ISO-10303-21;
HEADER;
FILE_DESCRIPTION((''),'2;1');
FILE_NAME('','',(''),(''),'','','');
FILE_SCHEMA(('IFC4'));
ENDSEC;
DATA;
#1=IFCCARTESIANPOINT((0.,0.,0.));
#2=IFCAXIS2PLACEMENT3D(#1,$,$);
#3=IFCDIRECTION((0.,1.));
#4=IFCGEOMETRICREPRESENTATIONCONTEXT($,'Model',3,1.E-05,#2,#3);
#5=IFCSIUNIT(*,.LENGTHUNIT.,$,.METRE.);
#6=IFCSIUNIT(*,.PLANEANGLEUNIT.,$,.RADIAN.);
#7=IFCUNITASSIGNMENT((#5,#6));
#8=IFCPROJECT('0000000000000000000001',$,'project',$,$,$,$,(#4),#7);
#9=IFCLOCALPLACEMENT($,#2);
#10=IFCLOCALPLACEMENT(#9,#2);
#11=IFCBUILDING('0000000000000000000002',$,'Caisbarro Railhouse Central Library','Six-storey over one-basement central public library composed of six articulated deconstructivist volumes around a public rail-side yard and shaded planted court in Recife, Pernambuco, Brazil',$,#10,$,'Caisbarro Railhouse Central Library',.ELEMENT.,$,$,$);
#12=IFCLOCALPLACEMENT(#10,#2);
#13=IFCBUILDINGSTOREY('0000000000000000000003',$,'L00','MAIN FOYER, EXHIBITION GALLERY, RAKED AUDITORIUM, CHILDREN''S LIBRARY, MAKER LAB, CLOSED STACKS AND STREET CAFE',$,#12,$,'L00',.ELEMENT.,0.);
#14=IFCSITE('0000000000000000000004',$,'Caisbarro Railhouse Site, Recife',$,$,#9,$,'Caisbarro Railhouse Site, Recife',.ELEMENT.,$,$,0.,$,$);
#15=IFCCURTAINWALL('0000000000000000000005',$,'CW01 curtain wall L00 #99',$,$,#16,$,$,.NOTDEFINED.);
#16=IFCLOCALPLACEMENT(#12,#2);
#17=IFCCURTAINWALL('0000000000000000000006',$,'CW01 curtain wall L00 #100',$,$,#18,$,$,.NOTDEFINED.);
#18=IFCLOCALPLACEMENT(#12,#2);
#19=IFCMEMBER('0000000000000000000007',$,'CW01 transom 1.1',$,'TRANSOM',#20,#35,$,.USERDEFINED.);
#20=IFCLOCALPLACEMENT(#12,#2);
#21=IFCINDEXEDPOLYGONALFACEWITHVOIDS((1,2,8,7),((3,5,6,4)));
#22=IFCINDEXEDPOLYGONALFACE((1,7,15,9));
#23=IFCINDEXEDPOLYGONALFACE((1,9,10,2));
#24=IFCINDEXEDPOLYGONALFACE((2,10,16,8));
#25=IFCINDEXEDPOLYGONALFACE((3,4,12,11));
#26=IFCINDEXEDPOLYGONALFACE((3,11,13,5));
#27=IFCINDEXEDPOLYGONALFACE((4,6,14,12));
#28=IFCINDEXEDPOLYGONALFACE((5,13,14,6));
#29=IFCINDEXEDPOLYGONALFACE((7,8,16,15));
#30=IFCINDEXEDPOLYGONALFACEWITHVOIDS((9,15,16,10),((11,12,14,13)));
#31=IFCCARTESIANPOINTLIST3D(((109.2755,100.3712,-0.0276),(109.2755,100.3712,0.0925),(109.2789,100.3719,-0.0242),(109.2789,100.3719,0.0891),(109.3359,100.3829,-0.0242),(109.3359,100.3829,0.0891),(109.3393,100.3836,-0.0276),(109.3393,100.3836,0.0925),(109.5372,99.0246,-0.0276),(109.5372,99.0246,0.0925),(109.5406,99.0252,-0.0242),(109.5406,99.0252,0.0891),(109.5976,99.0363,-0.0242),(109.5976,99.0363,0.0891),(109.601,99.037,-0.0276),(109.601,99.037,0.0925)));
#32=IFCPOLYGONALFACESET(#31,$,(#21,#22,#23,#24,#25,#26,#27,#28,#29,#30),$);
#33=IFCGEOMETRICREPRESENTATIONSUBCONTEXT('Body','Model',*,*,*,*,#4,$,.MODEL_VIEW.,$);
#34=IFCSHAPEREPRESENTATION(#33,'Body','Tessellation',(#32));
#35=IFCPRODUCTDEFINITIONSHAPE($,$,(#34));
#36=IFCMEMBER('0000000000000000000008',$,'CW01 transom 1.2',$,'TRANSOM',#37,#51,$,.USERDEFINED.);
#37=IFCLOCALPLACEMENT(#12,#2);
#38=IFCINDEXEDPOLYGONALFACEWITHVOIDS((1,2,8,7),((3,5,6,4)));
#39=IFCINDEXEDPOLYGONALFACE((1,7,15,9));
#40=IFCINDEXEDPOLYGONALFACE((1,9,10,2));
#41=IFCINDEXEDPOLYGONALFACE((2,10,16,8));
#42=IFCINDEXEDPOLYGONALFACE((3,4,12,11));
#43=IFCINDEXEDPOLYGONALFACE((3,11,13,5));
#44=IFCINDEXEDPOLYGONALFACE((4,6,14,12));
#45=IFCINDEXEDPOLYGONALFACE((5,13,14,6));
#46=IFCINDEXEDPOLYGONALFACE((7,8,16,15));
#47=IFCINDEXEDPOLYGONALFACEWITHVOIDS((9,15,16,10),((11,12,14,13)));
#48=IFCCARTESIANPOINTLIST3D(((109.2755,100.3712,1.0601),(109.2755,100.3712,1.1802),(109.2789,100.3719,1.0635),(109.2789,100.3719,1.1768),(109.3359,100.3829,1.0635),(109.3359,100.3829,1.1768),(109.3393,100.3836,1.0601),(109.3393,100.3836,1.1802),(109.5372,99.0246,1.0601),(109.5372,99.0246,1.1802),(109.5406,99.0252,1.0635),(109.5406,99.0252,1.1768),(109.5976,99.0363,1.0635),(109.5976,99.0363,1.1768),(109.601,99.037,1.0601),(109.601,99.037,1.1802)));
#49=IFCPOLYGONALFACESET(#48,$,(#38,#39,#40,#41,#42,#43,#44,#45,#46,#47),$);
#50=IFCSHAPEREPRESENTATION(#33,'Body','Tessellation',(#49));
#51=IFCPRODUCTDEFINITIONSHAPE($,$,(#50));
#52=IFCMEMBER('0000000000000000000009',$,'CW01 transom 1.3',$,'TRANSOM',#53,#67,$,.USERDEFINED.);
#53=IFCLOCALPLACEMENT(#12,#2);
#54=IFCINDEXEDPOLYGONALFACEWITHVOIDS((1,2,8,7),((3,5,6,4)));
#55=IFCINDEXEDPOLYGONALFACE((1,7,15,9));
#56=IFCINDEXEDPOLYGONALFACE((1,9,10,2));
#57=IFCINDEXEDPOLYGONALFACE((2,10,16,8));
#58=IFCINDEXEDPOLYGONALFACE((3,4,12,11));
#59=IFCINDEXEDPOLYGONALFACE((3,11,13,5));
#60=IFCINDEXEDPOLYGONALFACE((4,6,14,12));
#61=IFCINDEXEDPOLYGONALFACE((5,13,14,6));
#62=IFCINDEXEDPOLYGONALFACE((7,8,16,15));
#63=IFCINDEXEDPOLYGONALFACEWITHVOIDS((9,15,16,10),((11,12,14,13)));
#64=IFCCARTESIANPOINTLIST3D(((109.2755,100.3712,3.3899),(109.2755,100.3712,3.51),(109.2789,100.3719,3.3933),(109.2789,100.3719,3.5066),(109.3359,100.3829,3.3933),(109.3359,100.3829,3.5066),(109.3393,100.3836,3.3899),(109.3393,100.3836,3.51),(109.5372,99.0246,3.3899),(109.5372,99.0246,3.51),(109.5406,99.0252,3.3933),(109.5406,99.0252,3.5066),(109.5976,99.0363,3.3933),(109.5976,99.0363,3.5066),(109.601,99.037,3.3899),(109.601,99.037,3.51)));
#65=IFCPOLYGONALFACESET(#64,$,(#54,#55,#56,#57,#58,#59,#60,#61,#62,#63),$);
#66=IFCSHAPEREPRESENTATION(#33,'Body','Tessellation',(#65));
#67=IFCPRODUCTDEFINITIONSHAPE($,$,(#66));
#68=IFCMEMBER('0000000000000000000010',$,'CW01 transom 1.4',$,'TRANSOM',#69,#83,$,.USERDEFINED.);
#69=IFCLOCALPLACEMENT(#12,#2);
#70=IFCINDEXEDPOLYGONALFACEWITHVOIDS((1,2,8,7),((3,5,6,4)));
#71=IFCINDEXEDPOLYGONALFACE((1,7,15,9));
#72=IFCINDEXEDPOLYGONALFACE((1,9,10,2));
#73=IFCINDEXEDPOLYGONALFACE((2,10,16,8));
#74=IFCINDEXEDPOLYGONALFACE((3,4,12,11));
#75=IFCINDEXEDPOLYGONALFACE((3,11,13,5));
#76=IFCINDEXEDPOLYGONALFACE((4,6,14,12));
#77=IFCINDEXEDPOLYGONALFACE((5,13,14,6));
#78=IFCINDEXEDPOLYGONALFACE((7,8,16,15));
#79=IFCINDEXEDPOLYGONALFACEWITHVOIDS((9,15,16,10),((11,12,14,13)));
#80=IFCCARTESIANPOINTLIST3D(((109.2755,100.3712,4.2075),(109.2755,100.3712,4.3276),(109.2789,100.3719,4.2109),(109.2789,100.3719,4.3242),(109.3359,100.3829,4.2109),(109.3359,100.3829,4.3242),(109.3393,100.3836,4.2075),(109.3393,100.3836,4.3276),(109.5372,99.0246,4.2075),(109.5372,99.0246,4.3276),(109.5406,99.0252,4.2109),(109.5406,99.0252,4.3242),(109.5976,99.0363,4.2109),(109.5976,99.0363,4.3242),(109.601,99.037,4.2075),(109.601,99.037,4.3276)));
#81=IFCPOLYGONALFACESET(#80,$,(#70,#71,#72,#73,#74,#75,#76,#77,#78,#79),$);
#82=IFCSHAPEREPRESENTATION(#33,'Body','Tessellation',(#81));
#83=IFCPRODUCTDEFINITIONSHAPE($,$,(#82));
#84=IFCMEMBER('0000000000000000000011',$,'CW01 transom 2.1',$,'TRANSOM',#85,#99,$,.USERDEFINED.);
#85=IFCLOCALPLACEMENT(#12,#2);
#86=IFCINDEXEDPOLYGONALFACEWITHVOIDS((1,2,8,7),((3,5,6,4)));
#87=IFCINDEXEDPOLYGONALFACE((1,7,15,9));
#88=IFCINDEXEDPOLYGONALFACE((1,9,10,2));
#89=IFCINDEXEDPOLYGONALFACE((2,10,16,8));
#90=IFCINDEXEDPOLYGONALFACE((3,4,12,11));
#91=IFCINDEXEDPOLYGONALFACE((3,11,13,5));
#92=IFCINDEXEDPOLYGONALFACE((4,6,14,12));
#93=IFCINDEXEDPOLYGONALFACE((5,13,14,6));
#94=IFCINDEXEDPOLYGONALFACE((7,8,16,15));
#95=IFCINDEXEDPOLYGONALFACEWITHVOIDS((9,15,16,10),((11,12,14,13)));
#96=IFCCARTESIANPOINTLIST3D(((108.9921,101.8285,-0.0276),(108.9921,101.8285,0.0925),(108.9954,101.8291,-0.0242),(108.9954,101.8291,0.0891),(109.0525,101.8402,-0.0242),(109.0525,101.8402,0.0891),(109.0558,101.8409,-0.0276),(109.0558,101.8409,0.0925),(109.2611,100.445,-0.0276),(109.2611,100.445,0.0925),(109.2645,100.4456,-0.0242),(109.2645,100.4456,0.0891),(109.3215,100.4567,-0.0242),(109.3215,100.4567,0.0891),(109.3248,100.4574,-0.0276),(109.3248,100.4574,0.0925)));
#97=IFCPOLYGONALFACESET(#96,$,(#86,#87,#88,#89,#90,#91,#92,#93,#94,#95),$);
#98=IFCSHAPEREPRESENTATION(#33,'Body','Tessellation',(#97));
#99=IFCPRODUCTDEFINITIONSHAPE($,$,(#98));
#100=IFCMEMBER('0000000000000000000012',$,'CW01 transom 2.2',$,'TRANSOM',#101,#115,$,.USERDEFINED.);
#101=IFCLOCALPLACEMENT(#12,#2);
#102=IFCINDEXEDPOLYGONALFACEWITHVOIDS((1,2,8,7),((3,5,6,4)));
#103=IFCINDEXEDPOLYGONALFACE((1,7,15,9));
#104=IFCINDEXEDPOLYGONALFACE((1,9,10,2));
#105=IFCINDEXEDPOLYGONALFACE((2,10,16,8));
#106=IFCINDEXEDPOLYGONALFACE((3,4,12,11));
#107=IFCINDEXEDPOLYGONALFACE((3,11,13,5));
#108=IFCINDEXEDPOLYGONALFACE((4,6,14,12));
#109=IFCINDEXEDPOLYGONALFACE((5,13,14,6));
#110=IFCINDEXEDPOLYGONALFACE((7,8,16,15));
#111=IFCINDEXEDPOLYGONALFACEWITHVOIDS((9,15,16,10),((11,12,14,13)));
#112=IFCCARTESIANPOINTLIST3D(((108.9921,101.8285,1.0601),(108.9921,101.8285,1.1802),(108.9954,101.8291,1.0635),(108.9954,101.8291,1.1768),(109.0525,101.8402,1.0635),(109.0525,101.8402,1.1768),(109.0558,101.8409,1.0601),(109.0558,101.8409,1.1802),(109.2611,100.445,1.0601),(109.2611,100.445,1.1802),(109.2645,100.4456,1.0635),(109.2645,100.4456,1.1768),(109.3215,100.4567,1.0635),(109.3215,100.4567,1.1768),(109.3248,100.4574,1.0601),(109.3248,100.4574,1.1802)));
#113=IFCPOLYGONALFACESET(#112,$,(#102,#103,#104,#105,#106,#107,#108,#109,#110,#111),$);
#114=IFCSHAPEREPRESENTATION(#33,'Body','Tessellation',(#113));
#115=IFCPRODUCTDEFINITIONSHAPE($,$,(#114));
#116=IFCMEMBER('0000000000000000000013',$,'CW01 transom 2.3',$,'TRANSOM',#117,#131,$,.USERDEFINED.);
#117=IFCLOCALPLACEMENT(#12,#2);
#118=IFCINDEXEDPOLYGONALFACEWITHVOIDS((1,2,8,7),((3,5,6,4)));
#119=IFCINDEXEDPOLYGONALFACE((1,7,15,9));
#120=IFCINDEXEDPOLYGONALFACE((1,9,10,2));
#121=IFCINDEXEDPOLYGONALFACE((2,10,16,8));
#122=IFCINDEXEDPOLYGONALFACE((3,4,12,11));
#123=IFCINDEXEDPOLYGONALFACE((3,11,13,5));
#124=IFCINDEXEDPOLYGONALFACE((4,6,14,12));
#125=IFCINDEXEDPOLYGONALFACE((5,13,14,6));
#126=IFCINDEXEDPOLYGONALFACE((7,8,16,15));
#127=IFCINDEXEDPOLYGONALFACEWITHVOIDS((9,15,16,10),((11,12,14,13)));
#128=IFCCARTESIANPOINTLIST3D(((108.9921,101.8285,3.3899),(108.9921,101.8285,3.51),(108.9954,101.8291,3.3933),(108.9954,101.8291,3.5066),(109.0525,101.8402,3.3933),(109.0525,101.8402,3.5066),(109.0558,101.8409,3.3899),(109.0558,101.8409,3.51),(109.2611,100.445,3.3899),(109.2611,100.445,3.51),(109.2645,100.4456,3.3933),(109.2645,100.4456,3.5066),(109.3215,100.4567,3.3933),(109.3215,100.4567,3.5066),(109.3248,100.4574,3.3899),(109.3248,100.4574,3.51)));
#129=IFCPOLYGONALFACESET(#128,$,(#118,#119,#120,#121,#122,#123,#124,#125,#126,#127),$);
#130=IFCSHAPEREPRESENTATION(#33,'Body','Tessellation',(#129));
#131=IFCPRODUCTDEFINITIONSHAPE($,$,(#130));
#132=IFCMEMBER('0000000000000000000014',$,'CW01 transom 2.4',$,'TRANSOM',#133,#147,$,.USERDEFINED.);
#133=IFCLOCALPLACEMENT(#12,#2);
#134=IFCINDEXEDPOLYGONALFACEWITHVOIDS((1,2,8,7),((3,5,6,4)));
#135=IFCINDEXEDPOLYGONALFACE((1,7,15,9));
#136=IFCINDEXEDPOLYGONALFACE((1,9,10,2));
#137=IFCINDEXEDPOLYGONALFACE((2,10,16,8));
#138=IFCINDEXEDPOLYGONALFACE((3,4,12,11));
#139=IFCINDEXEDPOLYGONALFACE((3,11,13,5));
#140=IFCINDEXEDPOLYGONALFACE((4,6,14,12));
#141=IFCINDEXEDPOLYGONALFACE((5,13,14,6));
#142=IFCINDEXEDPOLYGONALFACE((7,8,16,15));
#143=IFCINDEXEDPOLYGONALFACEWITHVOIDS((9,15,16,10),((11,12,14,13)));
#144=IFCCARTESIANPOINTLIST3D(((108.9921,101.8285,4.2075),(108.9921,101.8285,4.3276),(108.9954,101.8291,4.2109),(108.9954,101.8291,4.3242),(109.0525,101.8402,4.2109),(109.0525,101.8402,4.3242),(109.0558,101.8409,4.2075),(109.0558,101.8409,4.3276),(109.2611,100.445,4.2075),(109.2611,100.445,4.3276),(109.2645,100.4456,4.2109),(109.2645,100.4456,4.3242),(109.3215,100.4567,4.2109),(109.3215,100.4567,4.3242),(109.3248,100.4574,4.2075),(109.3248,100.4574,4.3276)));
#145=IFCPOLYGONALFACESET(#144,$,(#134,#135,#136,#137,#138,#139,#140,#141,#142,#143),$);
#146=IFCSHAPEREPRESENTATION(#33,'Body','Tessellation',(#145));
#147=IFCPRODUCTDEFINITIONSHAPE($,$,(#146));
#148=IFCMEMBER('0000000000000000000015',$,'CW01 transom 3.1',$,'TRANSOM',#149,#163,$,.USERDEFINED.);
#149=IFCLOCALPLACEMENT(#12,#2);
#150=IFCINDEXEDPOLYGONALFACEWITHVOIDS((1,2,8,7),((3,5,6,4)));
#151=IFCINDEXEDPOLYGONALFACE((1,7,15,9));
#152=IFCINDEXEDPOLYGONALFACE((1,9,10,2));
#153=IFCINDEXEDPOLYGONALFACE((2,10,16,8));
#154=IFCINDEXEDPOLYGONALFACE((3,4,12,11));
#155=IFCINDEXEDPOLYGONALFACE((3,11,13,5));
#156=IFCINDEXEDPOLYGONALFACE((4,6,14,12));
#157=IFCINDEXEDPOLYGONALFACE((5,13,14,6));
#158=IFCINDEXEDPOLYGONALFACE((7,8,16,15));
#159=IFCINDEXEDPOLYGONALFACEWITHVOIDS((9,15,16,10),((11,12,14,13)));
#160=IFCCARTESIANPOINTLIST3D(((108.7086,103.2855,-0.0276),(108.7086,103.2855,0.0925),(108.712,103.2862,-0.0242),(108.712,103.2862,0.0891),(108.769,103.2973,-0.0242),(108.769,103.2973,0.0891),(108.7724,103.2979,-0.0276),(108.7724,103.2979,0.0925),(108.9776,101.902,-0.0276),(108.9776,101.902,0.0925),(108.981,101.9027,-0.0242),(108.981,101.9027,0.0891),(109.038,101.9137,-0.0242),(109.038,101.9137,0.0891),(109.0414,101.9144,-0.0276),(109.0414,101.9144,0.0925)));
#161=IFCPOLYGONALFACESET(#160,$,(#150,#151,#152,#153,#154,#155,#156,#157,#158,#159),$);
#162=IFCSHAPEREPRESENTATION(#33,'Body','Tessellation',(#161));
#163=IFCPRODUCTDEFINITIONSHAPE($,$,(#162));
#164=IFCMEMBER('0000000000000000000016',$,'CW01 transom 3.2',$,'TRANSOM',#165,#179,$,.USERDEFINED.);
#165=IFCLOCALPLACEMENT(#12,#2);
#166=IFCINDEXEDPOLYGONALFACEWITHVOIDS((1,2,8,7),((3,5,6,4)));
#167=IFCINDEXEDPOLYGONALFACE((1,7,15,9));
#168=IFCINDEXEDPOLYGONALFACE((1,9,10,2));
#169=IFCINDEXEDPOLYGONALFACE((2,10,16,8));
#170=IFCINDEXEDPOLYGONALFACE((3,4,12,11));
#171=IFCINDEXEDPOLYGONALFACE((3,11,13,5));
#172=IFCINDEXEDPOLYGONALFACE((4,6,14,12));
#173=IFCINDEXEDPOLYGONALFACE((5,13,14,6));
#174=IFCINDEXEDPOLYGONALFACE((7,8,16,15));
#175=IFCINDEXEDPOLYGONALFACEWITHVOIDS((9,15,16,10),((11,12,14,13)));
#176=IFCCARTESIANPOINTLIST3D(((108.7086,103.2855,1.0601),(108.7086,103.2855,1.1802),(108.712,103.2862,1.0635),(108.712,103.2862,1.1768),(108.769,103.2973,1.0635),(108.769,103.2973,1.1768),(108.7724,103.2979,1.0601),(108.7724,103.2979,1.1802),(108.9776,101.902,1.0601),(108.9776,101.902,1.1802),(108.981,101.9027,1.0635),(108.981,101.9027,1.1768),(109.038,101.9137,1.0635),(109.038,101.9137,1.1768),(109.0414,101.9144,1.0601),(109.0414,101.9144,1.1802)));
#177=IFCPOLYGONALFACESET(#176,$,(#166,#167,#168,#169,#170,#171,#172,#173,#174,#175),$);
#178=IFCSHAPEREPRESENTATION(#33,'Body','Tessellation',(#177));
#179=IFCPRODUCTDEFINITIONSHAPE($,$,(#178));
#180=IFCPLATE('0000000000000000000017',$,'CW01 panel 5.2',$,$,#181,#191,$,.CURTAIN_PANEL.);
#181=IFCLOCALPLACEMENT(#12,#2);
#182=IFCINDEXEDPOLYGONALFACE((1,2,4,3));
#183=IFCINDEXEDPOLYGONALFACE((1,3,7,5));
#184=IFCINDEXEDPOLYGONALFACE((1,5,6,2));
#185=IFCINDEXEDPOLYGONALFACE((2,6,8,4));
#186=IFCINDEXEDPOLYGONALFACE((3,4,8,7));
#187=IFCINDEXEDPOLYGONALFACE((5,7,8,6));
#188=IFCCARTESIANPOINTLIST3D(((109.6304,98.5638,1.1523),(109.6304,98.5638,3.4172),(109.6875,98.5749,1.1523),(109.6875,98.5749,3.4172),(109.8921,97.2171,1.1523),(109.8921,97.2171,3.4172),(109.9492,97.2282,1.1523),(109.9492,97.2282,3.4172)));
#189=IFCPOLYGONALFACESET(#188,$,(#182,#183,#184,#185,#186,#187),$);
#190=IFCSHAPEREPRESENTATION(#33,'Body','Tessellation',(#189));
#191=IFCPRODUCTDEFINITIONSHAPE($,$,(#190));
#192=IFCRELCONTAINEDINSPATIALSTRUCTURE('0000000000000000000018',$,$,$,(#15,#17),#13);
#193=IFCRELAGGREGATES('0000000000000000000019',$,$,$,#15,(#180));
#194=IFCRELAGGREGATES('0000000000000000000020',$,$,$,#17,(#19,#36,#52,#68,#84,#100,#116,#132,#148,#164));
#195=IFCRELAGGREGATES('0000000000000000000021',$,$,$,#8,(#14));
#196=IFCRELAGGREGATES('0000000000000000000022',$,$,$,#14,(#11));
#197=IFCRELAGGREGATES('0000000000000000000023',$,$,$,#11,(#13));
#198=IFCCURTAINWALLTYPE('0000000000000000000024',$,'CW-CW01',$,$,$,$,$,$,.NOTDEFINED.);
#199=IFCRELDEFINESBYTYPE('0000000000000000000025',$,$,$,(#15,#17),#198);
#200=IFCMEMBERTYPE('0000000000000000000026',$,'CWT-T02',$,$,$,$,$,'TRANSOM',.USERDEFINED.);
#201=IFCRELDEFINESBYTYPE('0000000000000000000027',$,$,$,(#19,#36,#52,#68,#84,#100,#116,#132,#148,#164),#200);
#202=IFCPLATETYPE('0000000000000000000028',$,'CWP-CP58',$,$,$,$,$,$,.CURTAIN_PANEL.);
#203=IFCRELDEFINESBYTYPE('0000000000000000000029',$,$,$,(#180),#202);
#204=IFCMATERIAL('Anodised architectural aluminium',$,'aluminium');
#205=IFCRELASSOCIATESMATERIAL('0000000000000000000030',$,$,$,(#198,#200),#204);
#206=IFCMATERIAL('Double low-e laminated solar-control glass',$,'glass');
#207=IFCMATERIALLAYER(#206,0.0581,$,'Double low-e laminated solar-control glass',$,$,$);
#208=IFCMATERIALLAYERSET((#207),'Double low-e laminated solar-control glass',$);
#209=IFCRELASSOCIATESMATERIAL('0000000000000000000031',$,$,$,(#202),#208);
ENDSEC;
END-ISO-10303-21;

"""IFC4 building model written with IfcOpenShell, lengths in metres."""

from ifc_helpers import new_model, si_unit, direction, frame, origin, origin_2d, place, context, subcontext, project, spatial, rectangle, hollow_rectangle, extrude, material, layer, layer_set, material_profile, profile_set, type_object, element, aggregate, save


model = new_model("IFC4")

# Units and contexts
model_context = context("Model", 3, precision=1e-05, world=origin(), true_north=direction((0.0, 1.0)))
body_context = subcontext(model_context, "Body", "Model", "MODEL_VIEW")
ifc_project = project(units=[si_unit("LENGTHUNIT", "METRE"), si_unit("PLANEANGLEUNIT", "RADIAN")], contexts=[model_context])

# Site, building, storey
site_placement = place(None, origin())
site = spatial("IfcSite", under=ifc_project, at=site_placement, Name="Caisbarro Railhouse Site, Recife", LongName="Caisbarro Railhouse Site, Recife", CompositionType="ELEMENT", RefElevation=0.0)
building_placement = place(site_placement, origin())
building = spatial("IfcBuilding", under=site, at=building_placement, Name="Caisbarro Railhouse Central Library", Description="Six-storey over one-basement central public library composed of six articulated deconstructivist volumes around a public rail-side yard and shaded planted court in Recife, Pernambuco, Brazil", LongName="Caisbarro Railhouse Central Library", CompositionType="ELEMENT")
storey_placement = place(building_placement, origin())
storey = spatial("IfcBuildingStorey", under=building, at=storey_placement, Name="L00", Description="MAIN FOYER, EXHIBITION GALLERY, RAKED AUDITORIUM, CHILDREN'S LIBRARY, MAKER LAB, CLOSED STACKS AND STREET CAFE", LongName="L00", CompositionType="ELEMENT", Elevation=0.0)

# Curtain wall
ifc_material_1 = material(Name="Anodised architectural aluminium", Category="aluminium")
curtain_wall_type = type_object("IfcCurtainWallType", Name="CW-CW01", PredefinedType="NOTDEFINED", material=ifc_material_1)
curtain_wall_1_placement = place(storey_placement, origin())
curtain_wall_1 = element("IfcCurtainWall", 1, at=curtain_wall_1_placement, inside=storey, type_object=curtain_wall_type, Name="CW01 curtain wall L00 #99", PredefinedType="NOTDEFINED")

# Curtain wall, members
curtain_wall_2_placement = place(storey_placement, origin())
curtain_wall_2 = element("IfcCurtainWall", 2, at=curtain_wall_2_placement, inside=storey, type_object=curtain_wall_type, Name="CW01 curtain wall L00 #100", PredefinedType="NOTDEFINED")
ifc_material_profile_1 = material_profile(ifc_material_1, hollow_rectangle(XDim=0.0649, YDim=0.1201, WallThickness=0.0034, at=origin_2d()), Name="ALU-TRN-65X120")
ifc_profile_set_1 = profile_set([ifc_material_profile_1], Name="Anodised architectural aluminium")
member_type_1 = type_object("IfcMemberType", Name="CWT-T02", ElementType="TRANSOM", PredefinedType="USERDEFINED", material=ifc_profile_set_1)
member_1_placement = place(storey_placement, frame((109.5691, 99.0308, 0.0325), z_axis=(-0.190774, 0.981634, 0.0), x_axis=(-0.981634, -0.190774, 0.0)))
member_1 = element("IfcMember", 3, at=member_1_placement, type_object=member_type_1, Name="CW01 transom 1.1", ObjectType="TRANSOM", PredefinedType="USERDEFINED", context=body_context, shape_type="SweptSolid", body=[
    extrude(hollow_rectangle(XDim=0.0649, YDim=0.1201, WallThickness=0.0034, at=origin_2d()), origin(), (0.0, 0.0, 1.0), 1.3718),
])
member_2_placement = place(storey_placement, frame((109.5691, 99.0308, 1.1201), z_axis=(-0.190774, 0.981634, 0.0), x_axis=(-0.981634, -0.190774, 0.0)))
member_2 = element("IfcMember", 4, at=member_2_placement, type_object=member_type_1, Name="CW01 transom 1.2", ObjectType="TRANSOM", PredefinedType="USERDEFINED", context=body_context, shape_type="SweptSolid", body=[
    extrude(hollow_rectangle(XDim=0.0649, YDim=0.1201, WallThickness=0.0034, at=origin_2d()), origin(), (0.0, 0.0, 1.0), 1.3718),
])
member_3_placement = place(storey_placement, frame((109.5691, 99.0308, 3.45), z_axis=(-0.190774, 0.981634, 0.0), x_axis=(-0.981634, -0.190774, 0.0)))
member_3 = element("IfcMember", 5, at=member_3_placement, type_object=member_type_1, Name="CW01 transom 1.3", ObjectType="TRANSOM", PredefinedType="USERDEFINED", context=body_context, shape_type="SweptSolid", body=[
    extrude(hollow_rectangle(XDim=0.0649, YDim=0.1201, WallThickness=0.0034, at=origin_2d()), origin(), (0.0, 0.0, 1.0), 1.3718),
])
member_4_placement = place(storey_placement, frame((109.5691, 99.0308, 4.2676), z_axis=(-0.190774, 0.981634, 0.0), x_axis=(-0.981634, -0.190774, 0.0)))
member_4 = element("IfcMember", 6, at=member_4_placement, type_object=member_type_1, Name="CW01 transom 1.4", ObjectType="TRANSOM", PredefinedType="USERDEFINED", context=body_context, shape_type="SweptSolid", body=[
    extrude(hollow_rectangle(XDim=0.0649, YDim=0.1201, WallThickness=0.0034, at=origin_2d()), origin(), (0.0, 0.0, 1.0), 1.3718),
])
member_5_placement = place(storey_placement, frame((109.293, 100.4512, 0.0325), z_axis=(-0.190884, 0.981613, 0.0), x_axis=(-0.981613, -0.190884, 0.0)))
member_5 = element("IfcMember", 7, at=member_5_placement, type_object=member_type_1, Name="CW01 transom 2.1", ObjectType="TRANSOM", PredefinedType="USERDEFINED", context=body_context, shape_type="SweptSolid", body=[
    extrude(hollow_rectangle(XDim=0.0649, YDim=0.1201, WallThickness=0.0034, at=origin_2d()), origin(), (0.0, 0.0, 1.0), 1.4094),
])
member_6_placement = place(storey_placement, frame((109.293, 100.4512, 1.1201), z_axis=(-0.190884, 0.981613, 0.0), x_axis=(-0.981613, -0.190884, 0.0)))
member_6 = element("IfcMember", 8, at=member_6_placement, type_object=member_type_1, Name="CW01 transom 2.2", ObjectType="TRANSOM", PredefinedType="USERDEFINED", context=body_context, shape_type="SweptSolid", body=[
    extrude(hollow_rectangle(XDim=0.0649, YDim=0.1201, WallThickness=0.0034, at=origin_2d()), origin(), (0.0, 0.0, 1.0), 1.4094),
])
member_7_placement = place(storey_placement, frame((109.293, 100.4512, 3.45), z_axis=(-0.190884, 0.981613, 0.0), x_axis=(-0.981613, -0.190884, 0.0)))
member_7 = element("IfcMember", 9, at=member_7_placement, type_object=member_type_1, Name="CW01 transom 2.3", ObjectType="TRANSOM", PredefinedType="USERDEFINED", context=body_context, shape_type="SweptSolid", body=[
    extrude(hollow_rectangle(XDim=0.0649, YDim=0.1201, WallThickness=0.0034, at=origin_2d()), origin(), (0.0, 0.0, 1.0), 1.4094),
])
member_8_placement = place(storey_placement, frame((109.293, 100.4512, 4.2676), z_axis=(-0.190884, 0.981613, 0.0), x_axis=(-0.981613, -0.190884, 0.0)))
member_8 = element("IfcMember", 10, at=member_8_placement, type_object=member_type_1, Name="CW01 transom 2.4", ObjectType="TRANSOM", PredefinedType="USERDEFINED", context=body_context, shape_type="SweptSolid", body=[
    extrude(hollow_rectangle(XDim=0.0649, YDim=0.1201, WallThickness=0.0034, at=origin_2d()), origin(), (0.0, 0.0, 1.0), 1.4094),
])
member_9_placement = place(storey_placement, frame((109.0095, 101.9082, 0.0325), z_axis=(-0.190884, 0.981613, 0.0), x_axis=(-0.981613, -0.190884, 0.0)))
member_9 = element("IfcMember", 11, at=member_9_placement, type_object=member_type_1, Name="CW01 transom 3.1", ObjectType="TRANSOM", PredefinedType="USERDEFINED", context=body_context, shape_type="SweptSolid", body=[
    extrude(hollow_rectangle(XDim=0.0649, YDim=0.1201, WallThickness=0.0034, at=origin_2d()), origin(), (0.0, 0.0, 1.0), 1.4094),
])
member_10_placement = place(storey_placement, frame((109.0095, 101.9082, 1.1201), z_axis=(-0.190884, 0.981613, 0.0), x_axis=(-0.981613, -0.190884, 0.0)))
member_10 = element("IfcMember", 12, at=member_10_placement, type_object=member_type_1, Name="CW01 transom 3.2", ObjectType="TRANSOM", PredefinedType="USERDEFINED", context=body_context, shape_type="SweptSolid", body=[
    extrude(hollow_rectangle(XDim=0.0649, YDim=0.1201, WallThickness=0.0034, at=origin_2d()), origin(), (0.0, 0.0, 1.0), 1.4094),
])

# Plate
ifc_material_2 = material(Name="Double low-e laminated solar-control glass", Category="glass")
ifc_layer_1 = layer(ifc_material_2, 0.0581, Name="Double low-e laminated solar-control glass")
ifc_layer_set_1 = layer_set([ifc_layer_1], Name="Double low-e laminated solar-control glass")
plate_type_1 = type_object("IfcPlateType", Name="CWP-CP58", PredefinedType="CURTAIN_PANEL", material=ifc_layer_set_1)
plate_1_placement = place(storey_placement, frame((109.7898, 97.896, 1.1523), z_axis=(0.0, 0.0, 1.0), x_axis=(-0.190781, 0.981633, 0.0)))
plate_1 = element("IfcPlate", 13, at=plate_1_placement, type_object=plate_type_1, Name="CW01 panel 5.2", PredefinedType="CURTAIN_PANEL", context=body_context, shape_type="SweptSolid", body=[
    extrude(rectangle(XDim=1.3718, YDim=0.0581, at=origin_2d()), origin(), (0.0, 0.0, 1.0), 2.2649),
])
aggregate(curtain_wall_1, [plate_1])
aggregate(curtain_wall_2, [member_1, member_2, member_3, member_4, member_5, member_6, member_7, member_8, member_9, member_10])

save(model, "model.ifc")
